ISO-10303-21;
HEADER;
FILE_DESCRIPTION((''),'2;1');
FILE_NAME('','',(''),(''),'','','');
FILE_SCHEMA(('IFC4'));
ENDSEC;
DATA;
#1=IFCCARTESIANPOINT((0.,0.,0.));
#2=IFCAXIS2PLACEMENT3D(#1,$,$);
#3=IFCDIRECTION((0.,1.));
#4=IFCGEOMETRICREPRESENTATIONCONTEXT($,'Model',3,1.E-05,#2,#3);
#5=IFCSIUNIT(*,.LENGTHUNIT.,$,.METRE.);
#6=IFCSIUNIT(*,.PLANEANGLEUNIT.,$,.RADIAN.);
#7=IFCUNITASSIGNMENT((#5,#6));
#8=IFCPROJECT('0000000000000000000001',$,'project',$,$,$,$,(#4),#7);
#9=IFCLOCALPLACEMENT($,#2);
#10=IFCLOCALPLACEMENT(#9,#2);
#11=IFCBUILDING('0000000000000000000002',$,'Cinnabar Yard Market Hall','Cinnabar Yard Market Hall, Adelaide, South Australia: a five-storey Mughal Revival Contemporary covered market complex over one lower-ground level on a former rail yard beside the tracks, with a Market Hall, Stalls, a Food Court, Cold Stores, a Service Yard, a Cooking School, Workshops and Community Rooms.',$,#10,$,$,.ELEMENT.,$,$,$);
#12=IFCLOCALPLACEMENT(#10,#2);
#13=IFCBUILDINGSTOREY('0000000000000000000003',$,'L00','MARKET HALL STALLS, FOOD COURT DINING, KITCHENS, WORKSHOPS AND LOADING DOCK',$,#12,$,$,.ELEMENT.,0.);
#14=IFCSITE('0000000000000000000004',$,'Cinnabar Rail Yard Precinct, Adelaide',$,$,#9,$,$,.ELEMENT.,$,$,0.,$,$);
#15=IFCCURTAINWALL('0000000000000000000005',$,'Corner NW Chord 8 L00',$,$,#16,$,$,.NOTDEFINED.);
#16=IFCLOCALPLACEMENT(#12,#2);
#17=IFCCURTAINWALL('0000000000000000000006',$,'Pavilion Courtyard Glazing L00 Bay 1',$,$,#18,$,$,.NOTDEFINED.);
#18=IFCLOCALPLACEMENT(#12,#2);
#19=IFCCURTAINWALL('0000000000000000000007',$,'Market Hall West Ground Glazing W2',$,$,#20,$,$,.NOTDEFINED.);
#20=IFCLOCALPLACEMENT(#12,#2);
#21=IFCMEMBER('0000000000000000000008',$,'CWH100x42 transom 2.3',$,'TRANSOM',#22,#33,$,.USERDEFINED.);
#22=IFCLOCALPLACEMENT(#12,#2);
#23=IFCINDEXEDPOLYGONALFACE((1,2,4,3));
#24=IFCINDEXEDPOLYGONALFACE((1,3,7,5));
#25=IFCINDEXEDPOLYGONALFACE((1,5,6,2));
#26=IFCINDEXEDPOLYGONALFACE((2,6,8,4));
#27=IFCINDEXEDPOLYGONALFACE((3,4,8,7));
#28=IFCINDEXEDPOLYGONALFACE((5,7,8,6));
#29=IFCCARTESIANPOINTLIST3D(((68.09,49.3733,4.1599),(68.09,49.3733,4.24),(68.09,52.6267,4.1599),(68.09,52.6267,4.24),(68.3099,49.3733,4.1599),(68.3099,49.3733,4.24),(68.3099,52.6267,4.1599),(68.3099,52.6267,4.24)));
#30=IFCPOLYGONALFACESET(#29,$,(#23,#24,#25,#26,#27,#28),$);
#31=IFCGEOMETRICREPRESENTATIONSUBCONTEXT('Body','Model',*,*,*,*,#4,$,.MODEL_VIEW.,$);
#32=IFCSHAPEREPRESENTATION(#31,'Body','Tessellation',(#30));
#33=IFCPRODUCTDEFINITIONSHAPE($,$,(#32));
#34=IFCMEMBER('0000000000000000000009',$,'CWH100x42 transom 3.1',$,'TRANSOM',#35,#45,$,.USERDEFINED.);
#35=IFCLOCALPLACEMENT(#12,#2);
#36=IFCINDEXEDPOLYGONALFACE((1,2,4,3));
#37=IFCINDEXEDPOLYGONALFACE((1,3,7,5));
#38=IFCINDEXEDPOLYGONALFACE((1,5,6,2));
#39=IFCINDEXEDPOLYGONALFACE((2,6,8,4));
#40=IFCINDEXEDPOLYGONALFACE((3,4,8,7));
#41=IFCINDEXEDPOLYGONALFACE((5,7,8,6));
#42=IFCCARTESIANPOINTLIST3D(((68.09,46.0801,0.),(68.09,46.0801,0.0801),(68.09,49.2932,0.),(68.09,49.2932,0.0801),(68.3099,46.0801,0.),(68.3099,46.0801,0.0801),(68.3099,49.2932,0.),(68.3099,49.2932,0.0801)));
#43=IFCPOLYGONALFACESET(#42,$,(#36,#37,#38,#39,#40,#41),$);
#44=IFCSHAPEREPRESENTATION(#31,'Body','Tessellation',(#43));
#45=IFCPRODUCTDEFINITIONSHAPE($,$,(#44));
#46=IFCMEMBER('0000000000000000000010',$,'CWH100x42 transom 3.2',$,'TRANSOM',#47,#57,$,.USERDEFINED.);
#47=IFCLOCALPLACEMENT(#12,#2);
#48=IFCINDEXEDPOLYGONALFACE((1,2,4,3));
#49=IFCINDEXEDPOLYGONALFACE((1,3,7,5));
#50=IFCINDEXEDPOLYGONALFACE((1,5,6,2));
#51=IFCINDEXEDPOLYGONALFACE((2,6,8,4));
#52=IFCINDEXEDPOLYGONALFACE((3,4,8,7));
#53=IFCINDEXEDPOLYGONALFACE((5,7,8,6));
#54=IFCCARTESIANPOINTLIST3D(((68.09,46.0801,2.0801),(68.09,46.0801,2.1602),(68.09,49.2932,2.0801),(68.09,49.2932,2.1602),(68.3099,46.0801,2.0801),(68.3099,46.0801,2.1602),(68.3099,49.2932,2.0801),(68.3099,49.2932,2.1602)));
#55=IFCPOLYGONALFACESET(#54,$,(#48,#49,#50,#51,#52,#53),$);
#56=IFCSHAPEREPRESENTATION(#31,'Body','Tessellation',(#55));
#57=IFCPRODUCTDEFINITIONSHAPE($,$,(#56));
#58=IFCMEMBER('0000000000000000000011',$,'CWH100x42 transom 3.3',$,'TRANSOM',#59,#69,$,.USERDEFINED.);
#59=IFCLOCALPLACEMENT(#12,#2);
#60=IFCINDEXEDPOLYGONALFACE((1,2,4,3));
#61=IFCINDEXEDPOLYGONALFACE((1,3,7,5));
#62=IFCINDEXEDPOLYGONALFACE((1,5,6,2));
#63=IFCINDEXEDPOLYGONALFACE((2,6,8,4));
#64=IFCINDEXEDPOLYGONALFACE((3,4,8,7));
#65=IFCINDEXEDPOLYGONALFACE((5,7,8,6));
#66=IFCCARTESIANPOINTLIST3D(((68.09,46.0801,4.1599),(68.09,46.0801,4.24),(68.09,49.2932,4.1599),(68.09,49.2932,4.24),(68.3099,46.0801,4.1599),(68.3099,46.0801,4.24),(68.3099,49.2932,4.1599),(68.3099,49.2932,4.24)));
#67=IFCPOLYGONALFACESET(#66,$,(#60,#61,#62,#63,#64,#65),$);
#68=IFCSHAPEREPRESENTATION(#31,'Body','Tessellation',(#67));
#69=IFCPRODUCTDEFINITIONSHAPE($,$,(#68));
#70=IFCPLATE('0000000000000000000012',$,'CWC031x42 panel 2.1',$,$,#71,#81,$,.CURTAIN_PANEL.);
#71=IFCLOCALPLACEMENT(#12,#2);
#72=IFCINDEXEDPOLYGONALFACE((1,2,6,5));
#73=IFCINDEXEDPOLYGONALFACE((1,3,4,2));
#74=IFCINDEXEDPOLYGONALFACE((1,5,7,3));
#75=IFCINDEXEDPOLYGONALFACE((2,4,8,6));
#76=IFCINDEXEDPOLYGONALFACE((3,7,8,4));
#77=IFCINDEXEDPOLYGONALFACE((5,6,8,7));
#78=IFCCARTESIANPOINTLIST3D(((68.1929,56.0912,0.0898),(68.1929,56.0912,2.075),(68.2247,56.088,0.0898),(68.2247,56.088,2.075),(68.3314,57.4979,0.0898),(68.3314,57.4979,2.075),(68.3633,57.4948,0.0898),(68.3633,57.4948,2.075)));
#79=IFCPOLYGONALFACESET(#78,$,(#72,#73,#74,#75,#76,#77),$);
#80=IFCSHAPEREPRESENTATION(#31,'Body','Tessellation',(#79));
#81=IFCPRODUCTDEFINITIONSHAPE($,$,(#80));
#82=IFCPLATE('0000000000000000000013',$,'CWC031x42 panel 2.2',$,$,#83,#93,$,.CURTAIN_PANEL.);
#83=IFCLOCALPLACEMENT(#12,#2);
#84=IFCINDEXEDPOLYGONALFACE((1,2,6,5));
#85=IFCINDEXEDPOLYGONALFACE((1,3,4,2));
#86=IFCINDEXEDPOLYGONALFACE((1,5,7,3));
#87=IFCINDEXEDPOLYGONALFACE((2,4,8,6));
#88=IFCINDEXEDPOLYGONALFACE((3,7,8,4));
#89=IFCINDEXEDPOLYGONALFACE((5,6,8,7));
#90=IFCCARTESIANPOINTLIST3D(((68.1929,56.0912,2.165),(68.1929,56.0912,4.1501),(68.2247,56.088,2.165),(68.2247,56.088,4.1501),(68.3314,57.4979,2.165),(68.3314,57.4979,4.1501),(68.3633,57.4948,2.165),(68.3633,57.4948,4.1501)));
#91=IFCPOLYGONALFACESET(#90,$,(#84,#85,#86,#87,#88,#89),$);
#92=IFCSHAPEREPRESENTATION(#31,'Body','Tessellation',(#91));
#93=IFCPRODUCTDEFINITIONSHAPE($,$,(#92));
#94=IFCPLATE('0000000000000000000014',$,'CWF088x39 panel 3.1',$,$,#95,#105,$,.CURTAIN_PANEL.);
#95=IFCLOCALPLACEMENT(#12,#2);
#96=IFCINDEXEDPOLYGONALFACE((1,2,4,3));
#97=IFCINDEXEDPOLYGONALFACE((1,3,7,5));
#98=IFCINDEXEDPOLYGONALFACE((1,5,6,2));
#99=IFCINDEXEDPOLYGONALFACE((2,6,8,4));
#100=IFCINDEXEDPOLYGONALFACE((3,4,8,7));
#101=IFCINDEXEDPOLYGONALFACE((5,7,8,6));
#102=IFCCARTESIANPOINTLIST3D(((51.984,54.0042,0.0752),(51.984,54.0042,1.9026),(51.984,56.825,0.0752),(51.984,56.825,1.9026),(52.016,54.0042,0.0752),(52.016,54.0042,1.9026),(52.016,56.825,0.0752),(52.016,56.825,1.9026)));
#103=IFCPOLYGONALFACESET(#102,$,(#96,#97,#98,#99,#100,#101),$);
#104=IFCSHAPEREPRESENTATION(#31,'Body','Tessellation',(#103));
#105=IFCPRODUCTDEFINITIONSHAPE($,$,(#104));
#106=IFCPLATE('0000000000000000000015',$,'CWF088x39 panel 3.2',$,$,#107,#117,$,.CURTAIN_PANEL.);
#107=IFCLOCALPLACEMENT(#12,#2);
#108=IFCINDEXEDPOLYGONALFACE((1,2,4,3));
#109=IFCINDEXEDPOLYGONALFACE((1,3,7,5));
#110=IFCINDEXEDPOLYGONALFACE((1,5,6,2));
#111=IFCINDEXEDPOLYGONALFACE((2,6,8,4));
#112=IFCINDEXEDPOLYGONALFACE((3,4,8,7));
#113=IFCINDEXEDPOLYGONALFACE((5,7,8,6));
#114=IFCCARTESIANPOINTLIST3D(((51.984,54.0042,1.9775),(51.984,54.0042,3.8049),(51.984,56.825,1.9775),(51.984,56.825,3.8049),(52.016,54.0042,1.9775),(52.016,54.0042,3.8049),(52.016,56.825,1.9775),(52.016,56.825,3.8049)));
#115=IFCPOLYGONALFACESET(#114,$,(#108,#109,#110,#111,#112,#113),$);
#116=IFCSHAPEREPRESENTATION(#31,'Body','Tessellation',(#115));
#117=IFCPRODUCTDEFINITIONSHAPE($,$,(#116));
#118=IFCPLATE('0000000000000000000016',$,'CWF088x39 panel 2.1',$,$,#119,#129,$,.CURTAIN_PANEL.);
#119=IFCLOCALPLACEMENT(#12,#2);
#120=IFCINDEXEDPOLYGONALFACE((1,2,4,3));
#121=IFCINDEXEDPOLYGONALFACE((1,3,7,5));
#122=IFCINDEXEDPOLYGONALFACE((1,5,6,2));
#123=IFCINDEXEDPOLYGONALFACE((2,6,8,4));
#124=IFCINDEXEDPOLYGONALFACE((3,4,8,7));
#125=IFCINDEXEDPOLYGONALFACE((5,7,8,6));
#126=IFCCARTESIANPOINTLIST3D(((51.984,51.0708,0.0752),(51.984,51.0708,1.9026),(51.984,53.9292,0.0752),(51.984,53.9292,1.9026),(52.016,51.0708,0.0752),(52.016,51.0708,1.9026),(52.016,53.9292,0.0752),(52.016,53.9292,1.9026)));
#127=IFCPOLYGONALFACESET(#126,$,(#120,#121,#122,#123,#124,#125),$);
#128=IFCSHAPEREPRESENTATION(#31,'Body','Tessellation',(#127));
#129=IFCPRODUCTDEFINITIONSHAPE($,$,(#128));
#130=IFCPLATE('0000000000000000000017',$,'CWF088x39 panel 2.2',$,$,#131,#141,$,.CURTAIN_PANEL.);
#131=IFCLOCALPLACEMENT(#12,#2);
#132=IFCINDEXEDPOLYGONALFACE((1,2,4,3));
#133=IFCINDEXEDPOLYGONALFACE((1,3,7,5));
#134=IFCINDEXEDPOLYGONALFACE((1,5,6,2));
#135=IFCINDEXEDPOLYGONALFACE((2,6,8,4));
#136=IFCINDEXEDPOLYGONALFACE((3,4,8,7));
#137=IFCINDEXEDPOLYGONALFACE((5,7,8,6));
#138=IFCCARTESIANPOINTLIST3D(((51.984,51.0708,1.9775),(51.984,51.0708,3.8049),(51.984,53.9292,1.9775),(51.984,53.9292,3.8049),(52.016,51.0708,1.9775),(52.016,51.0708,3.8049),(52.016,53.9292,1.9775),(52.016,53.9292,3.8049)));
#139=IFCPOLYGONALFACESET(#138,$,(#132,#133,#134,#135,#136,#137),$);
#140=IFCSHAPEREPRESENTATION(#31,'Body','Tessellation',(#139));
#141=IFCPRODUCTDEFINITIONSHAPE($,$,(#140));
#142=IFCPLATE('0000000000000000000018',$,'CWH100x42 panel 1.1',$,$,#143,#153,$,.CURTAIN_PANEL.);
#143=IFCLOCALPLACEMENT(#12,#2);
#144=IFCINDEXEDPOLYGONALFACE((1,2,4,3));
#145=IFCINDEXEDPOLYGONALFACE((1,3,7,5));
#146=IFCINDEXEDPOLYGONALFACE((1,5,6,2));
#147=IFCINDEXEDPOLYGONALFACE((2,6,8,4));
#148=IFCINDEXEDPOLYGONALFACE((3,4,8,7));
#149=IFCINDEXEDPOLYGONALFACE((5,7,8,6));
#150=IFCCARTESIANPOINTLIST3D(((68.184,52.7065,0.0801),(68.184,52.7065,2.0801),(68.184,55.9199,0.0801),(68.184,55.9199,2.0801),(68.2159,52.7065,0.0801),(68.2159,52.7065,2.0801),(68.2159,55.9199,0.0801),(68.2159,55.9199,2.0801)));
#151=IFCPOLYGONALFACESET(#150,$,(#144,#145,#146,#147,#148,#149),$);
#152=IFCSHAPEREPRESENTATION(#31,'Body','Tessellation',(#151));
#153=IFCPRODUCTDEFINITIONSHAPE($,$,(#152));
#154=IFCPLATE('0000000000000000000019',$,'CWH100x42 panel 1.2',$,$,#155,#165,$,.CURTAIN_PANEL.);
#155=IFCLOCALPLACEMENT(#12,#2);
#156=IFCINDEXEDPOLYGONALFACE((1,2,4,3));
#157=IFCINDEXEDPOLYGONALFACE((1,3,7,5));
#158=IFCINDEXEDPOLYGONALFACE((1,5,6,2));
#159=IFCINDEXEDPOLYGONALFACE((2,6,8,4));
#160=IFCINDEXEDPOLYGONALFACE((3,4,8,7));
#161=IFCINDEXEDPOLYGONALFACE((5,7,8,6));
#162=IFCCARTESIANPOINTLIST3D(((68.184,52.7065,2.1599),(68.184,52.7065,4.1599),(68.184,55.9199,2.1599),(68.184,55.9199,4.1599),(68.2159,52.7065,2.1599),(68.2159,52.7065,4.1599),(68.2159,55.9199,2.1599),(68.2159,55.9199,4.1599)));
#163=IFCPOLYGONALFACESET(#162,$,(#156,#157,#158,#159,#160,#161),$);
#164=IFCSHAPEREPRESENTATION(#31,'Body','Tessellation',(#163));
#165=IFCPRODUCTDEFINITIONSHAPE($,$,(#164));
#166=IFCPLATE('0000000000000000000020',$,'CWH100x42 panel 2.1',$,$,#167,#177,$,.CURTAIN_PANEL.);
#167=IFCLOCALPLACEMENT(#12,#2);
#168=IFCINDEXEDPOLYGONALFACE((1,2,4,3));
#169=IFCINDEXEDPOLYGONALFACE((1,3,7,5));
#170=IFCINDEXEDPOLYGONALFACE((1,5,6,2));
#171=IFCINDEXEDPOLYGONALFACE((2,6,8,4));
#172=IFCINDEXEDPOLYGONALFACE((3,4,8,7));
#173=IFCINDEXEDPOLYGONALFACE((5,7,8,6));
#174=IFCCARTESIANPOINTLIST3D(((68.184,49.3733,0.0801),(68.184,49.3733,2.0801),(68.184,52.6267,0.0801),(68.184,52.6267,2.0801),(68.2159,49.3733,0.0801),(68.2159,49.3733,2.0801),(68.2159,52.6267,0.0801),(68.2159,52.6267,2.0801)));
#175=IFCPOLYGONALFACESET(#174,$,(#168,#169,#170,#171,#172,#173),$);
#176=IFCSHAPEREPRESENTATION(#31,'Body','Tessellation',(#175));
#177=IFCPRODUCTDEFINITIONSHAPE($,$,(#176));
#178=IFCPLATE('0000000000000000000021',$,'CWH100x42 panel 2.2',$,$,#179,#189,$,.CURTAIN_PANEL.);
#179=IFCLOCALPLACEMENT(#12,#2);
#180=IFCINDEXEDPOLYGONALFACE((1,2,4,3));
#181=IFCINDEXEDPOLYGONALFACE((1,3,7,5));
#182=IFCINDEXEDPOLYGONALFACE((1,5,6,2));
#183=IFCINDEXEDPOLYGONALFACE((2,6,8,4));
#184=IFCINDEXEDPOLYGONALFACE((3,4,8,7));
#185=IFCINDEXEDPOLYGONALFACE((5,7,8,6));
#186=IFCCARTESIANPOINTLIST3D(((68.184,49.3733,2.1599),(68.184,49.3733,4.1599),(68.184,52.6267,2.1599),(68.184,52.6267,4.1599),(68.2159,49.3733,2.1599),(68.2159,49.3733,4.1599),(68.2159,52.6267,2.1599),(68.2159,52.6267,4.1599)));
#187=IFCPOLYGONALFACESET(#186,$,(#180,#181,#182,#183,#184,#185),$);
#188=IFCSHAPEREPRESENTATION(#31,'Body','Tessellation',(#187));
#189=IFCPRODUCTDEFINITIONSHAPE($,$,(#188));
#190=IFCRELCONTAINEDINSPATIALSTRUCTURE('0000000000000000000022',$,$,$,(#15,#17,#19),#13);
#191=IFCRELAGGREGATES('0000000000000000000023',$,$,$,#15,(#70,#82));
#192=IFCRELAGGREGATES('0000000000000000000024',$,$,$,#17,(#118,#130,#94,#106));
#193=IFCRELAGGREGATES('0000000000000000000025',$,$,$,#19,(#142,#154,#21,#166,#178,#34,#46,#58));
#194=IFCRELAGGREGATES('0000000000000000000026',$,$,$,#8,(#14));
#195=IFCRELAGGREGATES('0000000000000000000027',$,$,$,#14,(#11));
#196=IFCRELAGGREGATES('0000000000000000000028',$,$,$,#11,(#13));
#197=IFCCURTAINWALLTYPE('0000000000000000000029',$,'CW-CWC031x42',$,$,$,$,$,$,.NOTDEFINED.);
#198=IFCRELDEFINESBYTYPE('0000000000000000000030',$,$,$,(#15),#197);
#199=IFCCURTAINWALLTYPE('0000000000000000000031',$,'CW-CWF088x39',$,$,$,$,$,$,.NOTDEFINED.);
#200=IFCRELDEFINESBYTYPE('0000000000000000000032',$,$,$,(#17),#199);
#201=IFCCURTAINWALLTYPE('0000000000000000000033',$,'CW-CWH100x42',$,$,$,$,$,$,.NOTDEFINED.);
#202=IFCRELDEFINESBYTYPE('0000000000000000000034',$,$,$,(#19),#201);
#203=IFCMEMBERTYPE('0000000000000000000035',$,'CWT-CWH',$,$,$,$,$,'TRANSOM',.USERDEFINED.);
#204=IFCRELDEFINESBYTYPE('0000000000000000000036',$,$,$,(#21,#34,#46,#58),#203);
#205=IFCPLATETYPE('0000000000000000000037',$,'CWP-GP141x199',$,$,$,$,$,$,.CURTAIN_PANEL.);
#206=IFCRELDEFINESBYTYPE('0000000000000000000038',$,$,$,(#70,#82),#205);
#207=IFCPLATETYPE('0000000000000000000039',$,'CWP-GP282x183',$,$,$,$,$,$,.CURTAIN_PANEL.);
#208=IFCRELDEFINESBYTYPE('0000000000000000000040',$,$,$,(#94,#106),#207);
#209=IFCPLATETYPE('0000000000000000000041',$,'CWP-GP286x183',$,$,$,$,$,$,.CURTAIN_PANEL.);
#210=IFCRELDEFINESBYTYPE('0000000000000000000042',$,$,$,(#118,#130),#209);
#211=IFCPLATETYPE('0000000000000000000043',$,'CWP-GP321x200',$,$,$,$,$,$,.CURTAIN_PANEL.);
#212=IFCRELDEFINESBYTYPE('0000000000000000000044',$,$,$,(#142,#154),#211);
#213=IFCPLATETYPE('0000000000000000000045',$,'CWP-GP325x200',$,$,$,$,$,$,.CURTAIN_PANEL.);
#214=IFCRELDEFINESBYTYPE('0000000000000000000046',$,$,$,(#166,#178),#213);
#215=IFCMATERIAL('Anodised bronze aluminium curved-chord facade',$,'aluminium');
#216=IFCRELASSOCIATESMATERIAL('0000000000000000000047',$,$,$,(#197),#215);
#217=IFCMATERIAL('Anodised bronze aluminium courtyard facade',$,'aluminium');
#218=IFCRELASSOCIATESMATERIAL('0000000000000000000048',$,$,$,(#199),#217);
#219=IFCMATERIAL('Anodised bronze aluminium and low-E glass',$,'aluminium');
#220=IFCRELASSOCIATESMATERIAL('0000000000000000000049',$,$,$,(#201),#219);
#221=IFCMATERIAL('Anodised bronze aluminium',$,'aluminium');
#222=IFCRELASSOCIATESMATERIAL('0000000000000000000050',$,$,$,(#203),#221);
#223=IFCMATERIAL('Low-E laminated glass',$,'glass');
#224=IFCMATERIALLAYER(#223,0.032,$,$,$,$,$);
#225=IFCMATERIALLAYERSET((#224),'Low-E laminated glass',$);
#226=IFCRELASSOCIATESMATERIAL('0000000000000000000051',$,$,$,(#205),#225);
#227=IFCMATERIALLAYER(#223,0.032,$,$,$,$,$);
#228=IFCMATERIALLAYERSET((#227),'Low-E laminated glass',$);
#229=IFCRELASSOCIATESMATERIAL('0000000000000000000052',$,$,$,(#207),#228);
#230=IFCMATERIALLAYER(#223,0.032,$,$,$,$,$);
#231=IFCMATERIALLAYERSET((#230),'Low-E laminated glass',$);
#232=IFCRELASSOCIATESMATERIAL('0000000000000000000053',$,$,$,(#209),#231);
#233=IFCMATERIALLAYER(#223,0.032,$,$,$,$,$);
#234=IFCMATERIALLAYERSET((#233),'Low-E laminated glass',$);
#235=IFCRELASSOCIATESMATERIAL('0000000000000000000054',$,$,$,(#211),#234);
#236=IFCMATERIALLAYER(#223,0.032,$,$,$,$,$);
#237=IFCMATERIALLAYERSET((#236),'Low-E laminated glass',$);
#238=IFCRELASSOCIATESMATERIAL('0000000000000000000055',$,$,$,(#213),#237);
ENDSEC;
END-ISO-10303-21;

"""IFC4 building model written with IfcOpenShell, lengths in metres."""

from ifc_helpers import new_model, si_unit, direction, frame, origin, origin_2d_with_axis, place, context, subcontext, project, spatial, rectangle, extrude, material, layer, layer_set, material_profile, profile_set, type_object, element, aggregate, save


model = new_model("IFC4")

# Units and contexts
model_context = context("Model", 3, precision=1e-05, world=origin(), true_north=direction((0.0, 1.0)))
body_context = subcontext(model_context, "Body", "Model", "MODEL_VIEW")
ifc_project = project(units=[si_unit("LENGTHUNIT", "METRE"), si_unit("PLANEANGLEUNIT", "RADIAN")], contexts=[model_context])

# Site, building, storey
site_placement = place(None, origin())
site = spatial("IfcSite", under=ifc_project, at=site_placement, Name="Cinnabar Rail Yard Precinct, Adelaide", CompositionType="ELEMENT", RefElevation=0.0)
building_placement = place(site_placement, origin())
building = spatial("IfcBuilding", under=site, at=building_placement, Name="Cinnabar Yard Market Hall", Description="Cinnabar Yard Market Hall, Adelaide, South Australia: a five-storey Mughal Revival Contemporary covered market complex over one lower-ground level on a former rail yard beside the tracks, with a Market Hall, Stalls, a Food Court, Cold Stores, a Service Yard, a Cooking School, Workshops and Community Rooms.", CompositionType="ELEMENT")
storey_placement = place(building_placement, origin())
storey = spatial("IfcBuildingStorey", under=building, at=storey_placement, Name="L00", Description="MARKET HALL STALLS, FOOD COURT DINING, KITCHENS, WORKSHOPS AND LOADING DOCK", CompositionType="ELEMENT", Elevation=0.0)

# Curtain wall
ifc_material_1 = material(Name="Anodised bronze aluminium curved-chord facade", Category="aluminium")
curtain_wall_type_1 = type_object("IfcCurtainWallType", Name="CW-CWC031x42", PredefinedType="NOTDEFINED", material=ifc_material_1)
curtain_wall_1_placement = place(storey_placement, origin())
curtain_wall_1 = element("IfcCurtainWall", 1, at=curtain_wall_1_placement, inside=storey, type_object=curtain_wall_type_1, Name="Corner NW Chord 8 L00", PredefinedType="NOTDEFINED")
ifc_material_2 = material(Name="Anodised bronze aluminium", Category="aluminium")

# Curtain walls
ifc_material_3 = material(Name="Anodised bronze aluminium courtyard facade", Category="aluminium")
curtain_wall_type_2 = type_object("IfcCurtainWallType", Name="CW-CWF088x39", PredefinedType="NOTDEFINED", material=ifc_material_3)
curtain_wall_2_placement = place(storey_placement, origin())
curtain_wall_2 = element("IfcCurtainWall", 2, at=curtain_wall_2_placement, inside=storey, type_object=curtain_wall_type_2, Name="Pavilion Courtyard Glazing L00 Bay 1", PredefinedType="NOTDEFINED")
ifc_material_4 = material(Name="Anodised bronze aluminium and low-E glass", Category="aluminium")
curtain_wall_type_3 = type_object("IfcCurtainWallType", Name="CW-CWH100x42", PredefinedType="NOTDEFINED", material=ifc_material_4)
curtain_wall_3_placement = place(storey_placement, origin())
curtain_wall_3 = element("IfcCurtainWall", 3, at=curtain_wall_3_placement, inside=storey, type_object=curtain_wall_type_3, Name="Market Hall West Ground Glazing W2", PredefinedType="NOTDEFINED")

# Members
ifc_material_profile_1 = material_profile(ifc_material_2, rectangle(XDim=0.22, YDim=0.0801, at=origin_2d_with_axis()), Name="TRN-CWH")
ifc_profile_set_1 = profile_set([ifc_material_profile_1], Name="Anodised bronze aluminium")
member_type_1 = type_object("IfcMemberType", Name="CWT-CWH", ElementType="TRANSOM", PredefinedType="USERDEFINED", material=ifc_profile_set_1)
member_1_placement = place(storey_placement, frame((68.2, 52.6267, 4.2), z_axis=(0.0, -1.0, 0.0), x_axis=(1.0, 0.0, 0.0)))
member_1 = element("IfcMember", 4, at=member_1_placement, type_object=member_type_1, Name="CWH100x42 transom 2.3", ObjectType="TRANSOM", PredefinedType="USERDEFINED", context=body_context, shape_type="SweptSolid", body=[
    extrude(rectangle(XDim=0.22, YDim=0.0801, at=origin_2d_with_axis()), origin(), (0.0, 0.0, 1.0), 3.2534),
])
member_2_placement = place(storey_placement, frame((68.2, 49.2932, 0.04), z_axis=(0.0, -1.0, 0.0), x_axis=(1.0, 0.0, 0.0)))
member_2 = element("IfcMember", 5, at=member_2_placement, type_object=member_type_1, Name="CWH100x42 transom 3.1", ObjectType="TRANSOM", PredefinedType="USERDEFINED", context=body_context, shape_type="SweptSolid", body=[
    extrude(rectangle(XDim=0.22, YDim=0.0801, at=origin_2d_with_axis()), origin(), (0.0, 0.0, 1.0), 3.2131),
])
member_3_placement = place(storey_placement, frame((68.2, 49.2932, 2.1201), z_axis=(0.0, -1.0, 0.0), x_axis=(1.0, 0.0, 0.0)))
member_3 = element("IfcMember", 6, at=member_3_placement, type_object=member_type_1, Name="CWH100x42 transom 3.2", ObjectType="TRANSOM", PredefinedType="USERDEFINED", context=body_context, shape_type="SweptSolid", body=[
    extrude(rectangle(XDim=0.22, YDim=0.0801, at=origin_2d_with_axis()), origin(), (0.0, 0.0, 1.0), 3.2131),
])
member_4_placement = place(storey_placement, frame((68.2, 49.2932, 4.2), z_axis=(0.0, -1.0, 0.0), x_axis=(1.0, 0.0, 0.0)))
member_4 = element("IfcMember", 7, at=member_4_placement, type_object=member_type_1, Name="CWH100x42 transom 3.3", ObjectType="TRANSOM", PredefinedType="USERDEFINED", context=body_context, shape_type="SweptSolid", body=[
    extrude(rectangle(XDim=0.22, YDim=0.0801, at=origin_2d_with_axis()), origin(), (0.0, 0.0, 1.0), 3.2131),
])

# Plates
ifc_material_5 = material(Name="Low-E laminated glass", Category="glass")
ifc_layer_1 = layer(ifc_material_5, 0.032)
ifc_layer_set_1 = layer_set([ifc_layer_1], Name="Low-E laminated glass")
plate_type_1 = type_object("IfcPlateType", Name="CWP-GP141x199", PredefinedType="CURTAIN_PANEL", material=ifc_layer_set_1)
plate_1_placement = place(storey_placement, frame((68.2781, 56.793, 0.0898), z_axis=(0.0, 0.0, 1.0), x_axis=(-0.09802, -0.995184, 0.0)))
plate_1 = element("IfcPlate", 8, at=plate_1_placement, type_object=plate_type_1, Name="CWC031x42 panel 2.1", PredefinedType="CURTAIN_PANEL", context=body_context, shape_type="SweptSolid", body=[
    extrude(rectangle(XDim=1.4136, YDim=0.032, at=origin_2d_with_axis()), origin(), (0.0, 0.0, 1.0), 1.9851),
])
plate_2_placement = place(storey_placement, frame((68.2781, 56.793, 2.165), z_axis=(0.0, 0.0, 1.0), x_axis=(-0.09802, -0.995184, 0.0)))
plate_2 = element("IfcPlate", 9, at=plate_2_placement, type_object=plate_type_1, Name="CWC031x42 panel 2.2", PredefinedType="CURTAIN_PANEL", context=body_context, shape_type="SweptSolid", body=[
    extrude(rectangle(XDim=1.4136, YDim=0.032, at=origin_2d_with_axis()), origin(), (0.0, 0.0, 1.0), 1.9851),
])
aggregate(curtain_wall_1, [plate_1, plate_2])
ifc_layer_2 = layer(ifc_material_5, 0.032)
ifc_layer_set_2 = layer_set([ifc_layer_2], Name="Low-E laminated glass")
plate_type_2 = type_object("IfcPlateType", Name="CWP-GP282x183", PredefinedType="CURTAIN_PANEL", material=ifc_layer_set_2)
plate_3_placement = place(storey_placement, frame((52.0, 55.4146, 0.0752), z_axis=(0.0, 0.0, 1.0), x_axis=(0.0, 1.0, 0.0)))
plate_3 = element("IfcPlate", 10, at=plate_3_placement, type_object=plate_type_2, Name="CWF088x39 panel 3.1", PredefinedType="CURTAIN_PANEL", context=body_context, shape_type="SweptSolid", body=[
    extrude(rectangle(XDim=2.8208, YDim=0.032, at=origin_2d_with_axis()), origin(), (0.0, 0.0, 1.0), 1.8274),
])
plate_4_placement = place(storey_placement, frame((52.0, 55.4146, 1.9775), z_axis=(0.0, 0.0, 1.0), x_axis=(0.0, 1.0, 0.0)))
plate_4 = element("IfcPlate", 11, at=plate_4_placement, type_object=plate_type_2, Name="CWF088x39 panel 3.2", PredefinedType="CURTAIN_PANEL", context=body_context, shape_type="SweptSolid", body=[
    extrude(rectangle(XDim=2.8208, YDim=0.032, at=origin_2d_with_axis()), origin(), (0.0, 0.0, 1.0), 1.8274),
])
ifc_layer_3 = layer(ifc_material_5, 0.032)
ifc_layer_set_3 = layer_set([ifc_layer_3], Name="Low-E laminated glass")
plate_type_3 = type_object("IfcPlateType", Name="CWP-GP286x183", PredefinedType="CURTAIN_PANEL", material=ifc_layer_set_3)
plate_5_placement = place(storey_placement, frame((52.0, 52.5, 0.0752), z_axis=(0.0, 0.0, 1.0), x_axis=(0.0, 1.0, 0.0)))
plate_5 = element("IfcPlate", 12, at=plate_5_placement, type_object=plate_type_3, Name="CWF088x39 panel 2.1", PredefinedType="CURTAIN_PANEL", context=body_context, shape_type="SweptSolid", body=[
    extrude(rectangle(XDim=2.8584, YDim=0.032, at=origin_2d_with_axis()), origin(), (0.0, 0.0, 1.0), 1.8274),
])
plate_6_placement = place(storey_placement, frame((52.0, 52.5, 1.9775), z_axis=(0.0, 0.0, 1.0), x_axis=(0.0, 1.0, 0.0)))
plate_6 = element("IfcPlate", 13, at=plate_6_placement, type_object=plate_type_3, Name="CWF088x39 panel 2.2", PredefinedType="CURTAIN_PANEL", context=body_context, shape_type="SweptSolid", body=[
    extrude(rectangle(XDim=2.8584, YDim=0.032, at=origin_2d_with_axis()), origin(), (0.0, 0.0, 1.0), 1.8274),
])
aggregate(curtain_wall_2, [plate_5, plate_6, plate_3, plate_4])
ifc_layer_4 = layer(ifc_material_5, 0.032)
ifc_layer_set_4 = layer_set([ifc_layer_4], Name="Low-E laminated glass")
plate_type_4 = type_object("IfcPlateType", Name="CWP-GP321x200", PredefinedType="CURTAIN_PANEL", material=ifc_layer_set_4)
plate_7_placement = place(storey_placement, frame((68.2, 54.3132, 0.0801), z_axis=(0.0, 0.0, 1.0), x_axis=(0.0, -1.0, 0.0)))
plate_7 = element("IfcPlate", 14, at=plate_7_placement, type_object=plate_type_4, Name="CWH100x42 panel 1.1", PredefinedType="CURTAIN_PANEL", context=body_context, shape_type="SweptSolid", body=[
    extrude(rectangle(XDim=3.2134, YDim=0.032, at=origin_2d_with_axis()), origin(), (0.0, 0.0, 1.0), 2.0),
])
plate_8_placement = place(storey_placement, frame((68.2, 54.3132, 2.1599), z_axis=(0.0, 0.0, 1.0), x_axis=(0.0, -1.0, 0.0)))
plate_8 = element("IfcPlate", 15, at=plate_8_placement, type_object=plate_type_4, Name="CWH100x42 panel 1.2", PredefinedType="CURTAIN_PANEL", context=body_context, shape_type="SweptSolid", body=[
    extrude(rectangle(XDim=3.2134, YDim=0.032, at=origin_2d_with_axis()), origin(), (0.0, 0.0, 1.0), 2.0),
])
ifc_layer_5 = layer(ifc_material_5, 0.032)
ifc_layer_set_5 = layer_set([ifc_layer_5], Name="Low-E laminated glass")
plate_type_5 = type_object("IfcPlateType", Name="CWP-GP325x200", PredefinedType="CURTAIN_PANEL", material=ifc_layer_set_5)
plate_9_placement = place(storey_placement, frame((68.2, 51.0, 0.0801), z_axis=(0.0, 0.0, 1.0), x_axis=(0.0, -1.0, 0.0)))
plate_9 = element("IfcPlate", 16, at=plate_9_placement, type_object=plate_type_5, Name="CWH100x42 panel 2.1", PredefinedType="CURTAIN_PANEL", context=body_context, shape_type="SweptSolid", body=[
    extrude(rectangle(XDim=3.2534, YDim=0.032, at=origin_2d_with_axis()), origin(), (0.0, 0.0, 1.0), 2.0),
])
plate_10_placement = place(storey_placement, frame((68.2, 51.0, 2.1599), z_axis=(0.0, 0.0, 1.0), x_axis=(0.0, -1.0, 0.0)))
plate_10 = element("IfcPlate", 17, at=plate_10_placement, type_object=plate_type_5, Name="CWH100x42 panel 2.2", PredefinedType="CURTAIN_PANEL", context=body_context, shape_type="SweptSolid", body=[
    extrude(rectangle(XDim=3.2534, YDim=0.032, at=origin_2d_with_axis()), origin(), (0.0, 0.0, 1.0), 2.0),
])
aggregate(curtain_wall_3, [plate_7, plate_8, member_1, plate_9, plate_10, member_2, member_3, member_4])

save(model, "model.ifc")
